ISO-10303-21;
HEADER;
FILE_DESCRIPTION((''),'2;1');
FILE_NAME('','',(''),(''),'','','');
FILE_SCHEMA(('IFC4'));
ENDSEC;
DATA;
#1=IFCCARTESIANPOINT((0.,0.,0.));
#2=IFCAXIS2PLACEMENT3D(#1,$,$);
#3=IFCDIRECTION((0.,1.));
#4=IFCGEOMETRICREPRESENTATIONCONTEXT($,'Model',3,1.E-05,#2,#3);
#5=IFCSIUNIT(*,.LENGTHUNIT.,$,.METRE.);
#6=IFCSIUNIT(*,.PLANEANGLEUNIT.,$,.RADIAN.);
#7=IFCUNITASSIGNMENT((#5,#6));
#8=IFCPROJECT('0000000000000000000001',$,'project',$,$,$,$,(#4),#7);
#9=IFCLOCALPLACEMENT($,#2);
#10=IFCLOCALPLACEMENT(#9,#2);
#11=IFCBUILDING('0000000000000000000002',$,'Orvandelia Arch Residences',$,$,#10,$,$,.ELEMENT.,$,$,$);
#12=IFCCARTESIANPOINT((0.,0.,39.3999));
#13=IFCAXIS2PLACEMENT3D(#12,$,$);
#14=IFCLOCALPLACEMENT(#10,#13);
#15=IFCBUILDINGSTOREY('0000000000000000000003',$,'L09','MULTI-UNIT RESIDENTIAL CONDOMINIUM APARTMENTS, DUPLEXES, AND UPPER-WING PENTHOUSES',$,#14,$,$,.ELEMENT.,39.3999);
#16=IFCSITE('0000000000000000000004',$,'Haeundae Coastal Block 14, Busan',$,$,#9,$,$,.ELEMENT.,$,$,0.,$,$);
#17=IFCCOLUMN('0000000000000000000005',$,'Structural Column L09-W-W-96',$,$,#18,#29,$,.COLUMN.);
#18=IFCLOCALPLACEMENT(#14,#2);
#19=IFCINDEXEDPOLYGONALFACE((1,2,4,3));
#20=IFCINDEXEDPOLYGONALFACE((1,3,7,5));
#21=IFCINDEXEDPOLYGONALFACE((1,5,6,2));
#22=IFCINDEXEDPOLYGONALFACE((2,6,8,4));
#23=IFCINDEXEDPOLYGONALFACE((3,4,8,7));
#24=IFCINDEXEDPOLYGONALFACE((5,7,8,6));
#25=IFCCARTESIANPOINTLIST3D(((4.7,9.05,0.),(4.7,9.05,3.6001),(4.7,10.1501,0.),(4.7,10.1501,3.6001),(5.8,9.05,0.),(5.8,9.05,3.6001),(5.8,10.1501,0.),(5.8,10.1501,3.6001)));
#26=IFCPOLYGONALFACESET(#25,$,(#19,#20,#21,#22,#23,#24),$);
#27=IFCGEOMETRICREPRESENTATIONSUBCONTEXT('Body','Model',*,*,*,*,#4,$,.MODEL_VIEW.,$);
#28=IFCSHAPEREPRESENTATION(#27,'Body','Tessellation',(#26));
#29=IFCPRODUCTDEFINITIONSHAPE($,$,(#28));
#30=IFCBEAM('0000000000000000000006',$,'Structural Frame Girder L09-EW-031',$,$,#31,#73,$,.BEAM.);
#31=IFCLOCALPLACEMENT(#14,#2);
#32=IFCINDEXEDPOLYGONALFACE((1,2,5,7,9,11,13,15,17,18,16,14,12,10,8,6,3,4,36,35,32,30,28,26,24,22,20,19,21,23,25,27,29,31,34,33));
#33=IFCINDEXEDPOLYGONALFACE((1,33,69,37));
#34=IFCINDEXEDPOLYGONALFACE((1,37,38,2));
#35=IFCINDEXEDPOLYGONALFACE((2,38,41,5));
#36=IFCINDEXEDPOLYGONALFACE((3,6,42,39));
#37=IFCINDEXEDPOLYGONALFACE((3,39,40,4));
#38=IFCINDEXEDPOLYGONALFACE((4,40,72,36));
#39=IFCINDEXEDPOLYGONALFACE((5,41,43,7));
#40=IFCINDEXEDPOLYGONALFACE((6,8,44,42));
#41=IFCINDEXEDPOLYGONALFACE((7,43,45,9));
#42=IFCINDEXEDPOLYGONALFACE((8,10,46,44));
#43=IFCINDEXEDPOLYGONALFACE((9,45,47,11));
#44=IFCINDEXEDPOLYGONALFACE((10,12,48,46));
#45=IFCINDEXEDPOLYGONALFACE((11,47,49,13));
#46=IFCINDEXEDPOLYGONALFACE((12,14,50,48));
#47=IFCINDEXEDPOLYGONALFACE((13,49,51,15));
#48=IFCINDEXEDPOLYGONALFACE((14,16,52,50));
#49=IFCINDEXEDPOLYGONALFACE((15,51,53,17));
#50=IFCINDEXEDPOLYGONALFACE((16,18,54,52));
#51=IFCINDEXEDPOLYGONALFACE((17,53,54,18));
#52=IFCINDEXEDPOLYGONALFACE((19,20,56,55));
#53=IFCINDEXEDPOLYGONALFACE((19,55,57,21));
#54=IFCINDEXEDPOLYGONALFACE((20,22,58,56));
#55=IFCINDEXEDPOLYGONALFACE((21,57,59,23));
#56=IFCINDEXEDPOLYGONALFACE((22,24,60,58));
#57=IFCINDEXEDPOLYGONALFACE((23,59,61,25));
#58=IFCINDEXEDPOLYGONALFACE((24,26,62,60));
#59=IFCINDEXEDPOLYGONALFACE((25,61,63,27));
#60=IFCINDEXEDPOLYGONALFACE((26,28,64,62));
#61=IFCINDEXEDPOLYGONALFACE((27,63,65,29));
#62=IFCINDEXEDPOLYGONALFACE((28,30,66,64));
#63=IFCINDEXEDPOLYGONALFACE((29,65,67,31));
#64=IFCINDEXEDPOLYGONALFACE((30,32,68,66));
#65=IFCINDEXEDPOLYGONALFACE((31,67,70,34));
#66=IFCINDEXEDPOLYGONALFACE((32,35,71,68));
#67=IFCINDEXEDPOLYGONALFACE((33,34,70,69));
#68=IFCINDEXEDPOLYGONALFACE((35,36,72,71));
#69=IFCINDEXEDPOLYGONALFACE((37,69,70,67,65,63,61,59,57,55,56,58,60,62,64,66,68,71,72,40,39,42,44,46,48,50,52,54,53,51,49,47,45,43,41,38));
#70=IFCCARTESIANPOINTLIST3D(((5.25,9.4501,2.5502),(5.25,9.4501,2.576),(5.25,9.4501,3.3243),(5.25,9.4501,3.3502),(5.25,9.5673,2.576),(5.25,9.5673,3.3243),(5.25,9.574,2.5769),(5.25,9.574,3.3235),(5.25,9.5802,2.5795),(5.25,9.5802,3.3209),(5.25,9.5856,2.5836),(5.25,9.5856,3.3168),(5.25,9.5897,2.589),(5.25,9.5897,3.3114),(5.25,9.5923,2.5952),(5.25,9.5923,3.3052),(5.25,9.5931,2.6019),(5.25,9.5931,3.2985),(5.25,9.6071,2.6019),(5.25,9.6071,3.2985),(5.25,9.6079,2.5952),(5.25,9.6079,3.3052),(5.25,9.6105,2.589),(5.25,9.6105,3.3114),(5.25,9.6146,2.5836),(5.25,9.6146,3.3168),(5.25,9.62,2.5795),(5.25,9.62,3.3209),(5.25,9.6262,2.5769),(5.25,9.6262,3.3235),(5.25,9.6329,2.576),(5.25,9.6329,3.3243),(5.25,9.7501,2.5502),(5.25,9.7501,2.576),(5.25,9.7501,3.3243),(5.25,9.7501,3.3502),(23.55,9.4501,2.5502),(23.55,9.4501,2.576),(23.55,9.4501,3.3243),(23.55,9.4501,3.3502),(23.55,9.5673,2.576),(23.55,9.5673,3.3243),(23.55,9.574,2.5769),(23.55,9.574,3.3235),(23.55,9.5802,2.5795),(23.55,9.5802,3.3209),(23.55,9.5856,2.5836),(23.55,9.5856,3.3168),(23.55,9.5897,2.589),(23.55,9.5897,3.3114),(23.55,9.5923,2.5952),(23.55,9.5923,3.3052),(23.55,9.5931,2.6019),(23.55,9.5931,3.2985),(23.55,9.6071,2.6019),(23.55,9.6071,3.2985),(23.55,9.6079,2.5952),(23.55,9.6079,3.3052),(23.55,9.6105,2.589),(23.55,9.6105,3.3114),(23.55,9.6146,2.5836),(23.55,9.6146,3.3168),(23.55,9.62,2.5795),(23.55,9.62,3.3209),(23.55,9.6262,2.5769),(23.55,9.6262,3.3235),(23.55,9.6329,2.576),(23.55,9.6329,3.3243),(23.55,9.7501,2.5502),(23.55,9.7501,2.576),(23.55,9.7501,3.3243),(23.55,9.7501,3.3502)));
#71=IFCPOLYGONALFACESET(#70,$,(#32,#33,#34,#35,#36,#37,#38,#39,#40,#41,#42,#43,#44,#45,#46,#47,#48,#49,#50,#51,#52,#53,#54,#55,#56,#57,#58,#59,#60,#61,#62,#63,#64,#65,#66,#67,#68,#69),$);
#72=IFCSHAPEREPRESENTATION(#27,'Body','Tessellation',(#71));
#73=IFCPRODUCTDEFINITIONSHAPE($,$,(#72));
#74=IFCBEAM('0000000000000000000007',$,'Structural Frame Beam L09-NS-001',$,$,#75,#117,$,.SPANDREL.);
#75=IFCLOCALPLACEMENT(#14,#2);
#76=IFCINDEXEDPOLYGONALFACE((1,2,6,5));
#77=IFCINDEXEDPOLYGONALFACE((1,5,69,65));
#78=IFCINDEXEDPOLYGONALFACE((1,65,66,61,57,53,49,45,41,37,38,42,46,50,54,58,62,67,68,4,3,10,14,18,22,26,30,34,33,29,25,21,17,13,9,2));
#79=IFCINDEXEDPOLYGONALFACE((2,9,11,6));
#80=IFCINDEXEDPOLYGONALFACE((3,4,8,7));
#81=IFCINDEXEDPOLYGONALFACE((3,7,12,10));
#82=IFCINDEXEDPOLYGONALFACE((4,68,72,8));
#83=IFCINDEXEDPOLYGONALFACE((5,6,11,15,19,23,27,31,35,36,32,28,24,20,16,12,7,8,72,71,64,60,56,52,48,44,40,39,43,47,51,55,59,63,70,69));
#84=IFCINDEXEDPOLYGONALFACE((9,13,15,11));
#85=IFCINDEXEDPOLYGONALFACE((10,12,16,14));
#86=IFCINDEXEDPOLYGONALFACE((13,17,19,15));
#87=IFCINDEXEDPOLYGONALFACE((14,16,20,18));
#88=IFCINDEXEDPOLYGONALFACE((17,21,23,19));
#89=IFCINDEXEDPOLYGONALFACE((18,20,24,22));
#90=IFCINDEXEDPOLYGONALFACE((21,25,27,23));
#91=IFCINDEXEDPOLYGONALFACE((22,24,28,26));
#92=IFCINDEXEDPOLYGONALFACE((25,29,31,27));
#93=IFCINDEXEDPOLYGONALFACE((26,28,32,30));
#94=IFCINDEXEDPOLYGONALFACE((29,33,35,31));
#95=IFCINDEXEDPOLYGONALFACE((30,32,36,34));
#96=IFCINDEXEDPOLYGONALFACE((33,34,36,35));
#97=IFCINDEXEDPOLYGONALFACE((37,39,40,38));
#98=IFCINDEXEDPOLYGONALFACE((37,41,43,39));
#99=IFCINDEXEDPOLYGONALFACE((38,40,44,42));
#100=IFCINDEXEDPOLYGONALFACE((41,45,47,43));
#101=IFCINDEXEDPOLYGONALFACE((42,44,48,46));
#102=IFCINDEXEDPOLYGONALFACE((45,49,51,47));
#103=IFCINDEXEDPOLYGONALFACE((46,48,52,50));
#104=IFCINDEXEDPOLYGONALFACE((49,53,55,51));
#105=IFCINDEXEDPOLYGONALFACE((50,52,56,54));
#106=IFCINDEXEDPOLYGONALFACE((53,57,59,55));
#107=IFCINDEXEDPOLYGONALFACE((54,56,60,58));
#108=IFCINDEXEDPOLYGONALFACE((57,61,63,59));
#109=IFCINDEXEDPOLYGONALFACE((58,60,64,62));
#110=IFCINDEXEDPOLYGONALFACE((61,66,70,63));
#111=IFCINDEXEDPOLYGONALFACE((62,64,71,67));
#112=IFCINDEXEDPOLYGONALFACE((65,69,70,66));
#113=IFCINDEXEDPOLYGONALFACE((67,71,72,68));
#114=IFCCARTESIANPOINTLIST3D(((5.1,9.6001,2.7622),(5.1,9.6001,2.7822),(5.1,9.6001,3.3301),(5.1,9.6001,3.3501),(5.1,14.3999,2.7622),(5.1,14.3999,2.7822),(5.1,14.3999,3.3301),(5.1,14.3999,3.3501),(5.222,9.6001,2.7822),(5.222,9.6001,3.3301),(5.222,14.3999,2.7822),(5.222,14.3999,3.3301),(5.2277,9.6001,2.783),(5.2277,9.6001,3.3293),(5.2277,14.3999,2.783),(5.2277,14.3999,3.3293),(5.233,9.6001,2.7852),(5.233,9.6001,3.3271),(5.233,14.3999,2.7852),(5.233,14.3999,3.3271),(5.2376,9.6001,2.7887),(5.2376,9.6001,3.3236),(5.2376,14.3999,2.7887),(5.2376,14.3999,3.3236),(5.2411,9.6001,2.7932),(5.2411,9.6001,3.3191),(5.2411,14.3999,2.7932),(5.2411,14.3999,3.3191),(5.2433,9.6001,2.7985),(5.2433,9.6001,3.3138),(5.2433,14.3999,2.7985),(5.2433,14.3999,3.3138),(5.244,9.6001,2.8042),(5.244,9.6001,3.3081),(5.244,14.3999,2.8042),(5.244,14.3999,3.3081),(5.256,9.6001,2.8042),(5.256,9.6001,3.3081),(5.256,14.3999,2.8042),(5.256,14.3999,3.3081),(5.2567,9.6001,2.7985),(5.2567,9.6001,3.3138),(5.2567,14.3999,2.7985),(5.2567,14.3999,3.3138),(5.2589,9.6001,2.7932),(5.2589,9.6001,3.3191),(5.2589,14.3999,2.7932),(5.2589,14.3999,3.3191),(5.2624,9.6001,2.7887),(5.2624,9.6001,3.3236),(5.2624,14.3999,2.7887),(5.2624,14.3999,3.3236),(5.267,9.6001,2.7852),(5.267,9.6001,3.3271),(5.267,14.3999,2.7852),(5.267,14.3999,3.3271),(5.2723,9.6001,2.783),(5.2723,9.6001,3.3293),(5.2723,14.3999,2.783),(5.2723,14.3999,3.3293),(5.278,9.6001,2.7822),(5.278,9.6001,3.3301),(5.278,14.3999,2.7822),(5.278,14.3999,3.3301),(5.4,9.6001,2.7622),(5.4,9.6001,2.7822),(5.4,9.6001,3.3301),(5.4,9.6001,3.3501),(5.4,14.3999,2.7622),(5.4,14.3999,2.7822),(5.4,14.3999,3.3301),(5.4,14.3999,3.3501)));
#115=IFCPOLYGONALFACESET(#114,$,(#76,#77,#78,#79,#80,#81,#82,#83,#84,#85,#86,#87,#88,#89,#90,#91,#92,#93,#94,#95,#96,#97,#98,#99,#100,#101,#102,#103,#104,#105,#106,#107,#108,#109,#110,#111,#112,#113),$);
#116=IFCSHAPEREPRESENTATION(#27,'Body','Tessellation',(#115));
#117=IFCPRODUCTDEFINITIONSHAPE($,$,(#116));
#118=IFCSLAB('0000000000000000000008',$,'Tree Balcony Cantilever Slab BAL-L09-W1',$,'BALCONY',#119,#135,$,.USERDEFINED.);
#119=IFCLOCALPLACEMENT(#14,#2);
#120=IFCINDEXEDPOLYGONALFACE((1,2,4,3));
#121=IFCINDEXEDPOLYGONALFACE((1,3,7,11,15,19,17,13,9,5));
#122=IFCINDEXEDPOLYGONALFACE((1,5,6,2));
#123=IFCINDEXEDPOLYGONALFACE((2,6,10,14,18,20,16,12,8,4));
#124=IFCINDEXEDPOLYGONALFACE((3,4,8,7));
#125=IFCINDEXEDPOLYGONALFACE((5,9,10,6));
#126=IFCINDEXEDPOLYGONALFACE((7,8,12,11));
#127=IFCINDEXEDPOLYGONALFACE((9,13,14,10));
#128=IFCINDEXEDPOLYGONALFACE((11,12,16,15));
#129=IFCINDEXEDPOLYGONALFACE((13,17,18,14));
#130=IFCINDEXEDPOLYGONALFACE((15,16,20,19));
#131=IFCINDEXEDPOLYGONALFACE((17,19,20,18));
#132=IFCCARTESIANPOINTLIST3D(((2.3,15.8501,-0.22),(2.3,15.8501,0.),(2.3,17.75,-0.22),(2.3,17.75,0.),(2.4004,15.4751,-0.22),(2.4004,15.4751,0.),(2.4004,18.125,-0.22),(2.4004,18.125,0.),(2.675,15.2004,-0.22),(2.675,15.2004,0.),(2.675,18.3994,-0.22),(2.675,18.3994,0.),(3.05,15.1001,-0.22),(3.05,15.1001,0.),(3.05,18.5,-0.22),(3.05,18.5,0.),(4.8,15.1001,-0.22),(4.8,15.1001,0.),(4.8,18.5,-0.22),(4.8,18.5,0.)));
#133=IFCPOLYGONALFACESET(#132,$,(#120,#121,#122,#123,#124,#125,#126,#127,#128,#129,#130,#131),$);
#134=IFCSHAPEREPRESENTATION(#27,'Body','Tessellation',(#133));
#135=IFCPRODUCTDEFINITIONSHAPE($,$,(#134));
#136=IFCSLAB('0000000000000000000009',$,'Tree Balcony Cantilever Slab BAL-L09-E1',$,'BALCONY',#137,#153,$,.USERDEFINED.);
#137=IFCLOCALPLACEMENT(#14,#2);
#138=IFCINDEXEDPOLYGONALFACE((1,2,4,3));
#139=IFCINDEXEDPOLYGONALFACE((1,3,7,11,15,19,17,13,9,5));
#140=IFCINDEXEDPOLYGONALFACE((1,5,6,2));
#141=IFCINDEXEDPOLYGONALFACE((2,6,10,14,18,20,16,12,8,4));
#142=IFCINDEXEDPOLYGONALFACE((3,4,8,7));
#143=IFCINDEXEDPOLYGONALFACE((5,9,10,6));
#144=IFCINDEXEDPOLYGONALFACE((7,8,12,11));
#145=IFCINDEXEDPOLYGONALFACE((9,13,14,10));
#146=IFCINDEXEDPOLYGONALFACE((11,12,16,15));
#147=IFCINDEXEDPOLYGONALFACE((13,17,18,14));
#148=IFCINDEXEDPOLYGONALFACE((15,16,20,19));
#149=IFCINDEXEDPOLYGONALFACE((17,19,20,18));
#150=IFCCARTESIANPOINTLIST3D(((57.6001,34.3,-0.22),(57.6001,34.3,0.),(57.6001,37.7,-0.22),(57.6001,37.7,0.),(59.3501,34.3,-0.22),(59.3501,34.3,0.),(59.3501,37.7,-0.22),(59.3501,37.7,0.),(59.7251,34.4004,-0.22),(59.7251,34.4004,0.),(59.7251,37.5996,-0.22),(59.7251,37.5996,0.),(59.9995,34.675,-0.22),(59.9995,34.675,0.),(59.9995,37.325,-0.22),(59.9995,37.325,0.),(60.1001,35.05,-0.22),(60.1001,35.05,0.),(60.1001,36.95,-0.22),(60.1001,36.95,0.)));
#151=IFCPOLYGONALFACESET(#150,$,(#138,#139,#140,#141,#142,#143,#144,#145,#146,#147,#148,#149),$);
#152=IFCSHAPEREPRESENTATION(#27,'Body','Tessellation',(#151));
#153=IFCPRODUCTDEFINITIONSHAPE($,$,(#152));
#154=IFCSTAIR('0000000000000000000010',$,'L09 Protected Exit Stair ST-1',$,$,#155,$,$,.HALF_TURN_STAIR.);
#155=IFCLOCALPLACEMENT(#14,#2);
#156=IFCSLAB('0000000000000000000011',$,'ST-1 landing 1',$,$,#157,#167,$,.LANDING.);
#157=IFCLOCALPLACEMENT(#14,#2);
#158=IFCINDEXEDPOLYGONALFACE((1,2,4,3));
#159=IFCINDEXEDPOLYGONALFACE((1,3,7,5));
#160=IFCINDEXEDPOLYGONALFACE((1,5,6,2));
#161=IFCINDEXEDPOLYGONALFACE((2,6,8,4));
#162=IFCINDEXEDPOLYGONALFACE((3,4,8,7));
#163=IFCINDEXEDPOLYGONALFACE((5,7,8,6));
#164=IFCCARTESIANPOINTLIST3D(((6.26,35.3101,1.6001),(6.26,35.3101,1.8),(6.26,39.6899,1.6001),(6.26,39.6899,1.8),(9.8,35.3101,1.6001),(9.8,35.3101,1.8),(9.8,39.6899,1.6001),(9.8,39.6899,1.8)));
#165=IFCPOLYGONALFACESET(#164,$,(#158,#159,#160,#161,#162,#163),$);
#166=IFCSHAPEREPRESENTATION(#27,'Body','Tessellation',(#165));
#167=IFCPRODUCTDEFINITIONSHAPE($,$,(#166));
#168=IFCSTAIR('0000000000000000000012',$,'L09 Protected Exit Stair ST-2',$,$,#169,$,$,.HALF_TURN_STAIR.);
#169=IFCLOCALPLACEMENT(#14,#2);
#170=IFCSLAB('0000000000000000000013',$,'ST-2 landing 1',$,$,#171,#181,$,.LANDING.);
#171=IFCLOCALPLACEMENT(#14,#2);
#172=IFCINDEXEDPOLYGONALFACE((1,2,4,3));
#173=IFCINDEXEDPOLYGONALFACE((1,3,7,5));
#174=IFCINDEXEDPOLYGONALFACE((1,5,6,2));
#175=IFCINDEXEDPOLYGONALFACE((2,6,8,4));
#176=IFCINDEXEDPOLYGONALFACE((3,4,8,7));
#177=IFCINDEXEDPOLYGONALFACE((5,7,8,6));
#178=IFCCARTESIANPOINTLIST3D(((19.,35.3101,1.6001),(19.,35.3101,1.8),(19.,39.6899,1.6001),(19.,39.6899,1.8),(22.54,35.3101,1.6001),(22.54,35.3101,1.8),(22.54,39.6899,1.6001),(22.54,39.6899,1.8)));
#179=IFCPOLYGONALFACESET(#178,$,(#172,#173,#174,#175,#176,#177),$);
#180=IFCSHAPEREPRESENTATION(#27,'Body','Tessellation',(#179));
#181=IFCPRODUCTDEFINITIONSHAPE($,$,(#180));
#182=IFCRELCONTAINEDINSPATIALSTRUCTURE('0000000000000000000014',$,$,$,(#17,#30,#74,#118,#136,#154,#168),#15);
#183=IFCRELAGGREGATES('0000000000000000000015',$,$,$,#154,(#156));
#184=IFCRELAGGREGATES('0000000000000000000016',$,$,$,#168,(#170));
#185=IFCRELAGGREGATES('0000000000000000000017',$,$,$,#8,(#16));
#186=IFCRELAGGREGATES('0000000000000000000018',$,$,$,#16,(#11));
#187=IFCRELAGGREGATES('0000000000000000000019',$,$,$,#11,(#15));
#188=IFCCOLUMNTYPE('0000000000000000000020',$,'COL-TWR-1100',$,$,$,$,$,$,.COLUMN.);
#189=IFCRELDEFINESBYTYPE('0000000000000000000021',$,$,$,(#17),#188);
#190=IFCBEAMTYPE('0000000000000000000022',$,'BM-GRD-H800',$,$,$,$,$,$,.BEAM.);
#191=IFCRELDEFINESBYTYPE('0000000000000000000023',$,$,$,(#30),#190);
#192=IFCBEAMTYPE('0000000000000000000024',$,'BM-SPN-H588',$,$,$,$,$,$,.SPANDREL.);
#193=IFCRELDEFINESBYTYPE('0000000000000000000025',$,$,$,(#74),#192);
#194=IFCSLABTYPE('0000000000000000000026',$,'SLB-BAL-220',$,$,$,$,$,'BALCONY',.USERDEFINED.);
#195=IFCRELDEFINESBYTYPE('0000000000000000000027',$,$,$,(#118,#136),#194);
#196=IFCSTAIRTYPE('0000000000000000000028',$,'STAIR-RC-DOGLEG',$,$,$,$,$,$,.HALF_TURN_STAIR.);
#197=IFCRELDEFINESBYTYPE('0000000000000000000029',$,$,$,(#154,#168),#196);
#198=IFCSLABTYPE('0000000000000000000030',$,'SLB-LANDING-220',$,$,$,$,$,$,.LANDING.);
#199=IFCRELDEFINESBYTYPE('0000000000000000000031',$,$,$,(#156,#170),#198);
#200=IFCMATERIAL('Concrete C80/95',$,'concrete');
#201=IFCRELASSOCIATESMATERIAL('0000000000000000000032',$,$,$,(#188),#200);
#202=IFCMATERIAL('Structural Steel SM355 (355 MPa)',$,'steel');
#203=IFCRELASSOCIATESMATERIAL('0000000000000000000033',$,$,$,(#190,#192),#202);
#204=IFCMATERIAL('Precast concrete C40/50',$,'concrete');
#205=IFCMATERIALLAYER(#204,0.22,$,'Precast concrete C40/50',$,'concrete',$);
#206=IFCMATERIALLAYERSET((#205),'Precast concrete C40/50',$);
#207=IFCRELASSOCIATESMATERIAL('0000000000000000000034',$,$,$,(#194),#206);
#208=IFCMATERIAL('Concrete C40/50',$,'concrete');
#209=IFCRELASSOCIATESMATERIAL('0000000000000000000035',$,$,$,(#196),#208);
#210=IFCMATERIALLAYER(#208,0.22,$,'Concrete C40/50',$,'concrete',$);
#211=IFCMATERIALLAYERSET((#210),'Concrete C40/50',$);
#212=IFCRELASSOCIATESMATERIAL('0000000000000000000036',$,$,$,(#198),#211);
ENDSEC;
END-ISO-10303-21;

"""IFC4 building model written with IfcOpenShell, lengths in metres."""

from ifc_helpers import new_model, si_unit, direction, frame, origin, origin_2d, place, context, subcontext, project, spatial, polyline, rectangle, i_section, outline, extrude, material, layer, layer_set, material_profile, profile_set, type_object, element, aggregate, save


model = new_model("IFC4")

# Units and contexts
model_context = context("Model", 3, precision=1e-05, world=origin(), true_north=direction((0.0, 1.0)))
body_context = subcontext(model_context, "Body", "Model", "MODEL_VIEW")
ifc_project = project(units=[si_unit("LENGTHUNIT", "METRE"), si_unit("PLANEANGLEUNIT", "RADIAN")], contexts=[model_context])

# Site, building, storey
site_placement = place(None, origin())
site = spatial("IfcSite", under=ifc_project, at=site_placement, Name="Haeundae Coastal Block 14, Busan", CompositionType="ELEMENT", RefElevation=0.0)
building_placement = place(site_placement, origin())
building = spatial("IfcBuilding", under=site, at=building_placement, Name="Orvandelia Arch Residences", CompositionType="ELEMENT")
storey_placement = place(building_placement, frame((0.0, 0.0, 39.3999)))
storey = spatial("IfcBuildingStorey", under=building, at=storey_placement, Name="L09", Description="MULTI-UNIT RESIDENTIAL CONDOMINIUM APARTMENTS, DUPLEXES, AND UPPER-WING PENTHOUSES", CompositionType="ELEMENT", Elevation=39.3999)

# Column
ifc_material_1 = material(Name="Concrete C80/95", Category="concrete")
ifc_material_profile_1 = material_profile(ifc_material_1, rectangle(XDim=1.1001, YDim=1.1001, at=origin_2d()), Name="Concrete C80/95", Category="concrete")
ifc_profile_set_1 = profile_set([ifc_material_profile_1], Name="Concrete C80/95")
column_type = type_object("IfcColumnType", Name="COL-TWR-1100", PredefinedType="COLUMN", material=ifc_profile_set_1)
column_placement = place(storey_placement, frame((5.25, 9.6001, 0.0), z_axis=(0.0, 0.0, 1.0), x_axis=(1.0, 0.0, 0.0)))
element("IfcColumn", 1, at=column_placement, inside=storey, type_object=column_type, Name="Structural Column L09-W-W-96", PredefinedType="COLUMN", context=body_context, shape_type="SweptSolid", body=[
    extrude(rectangle(XDim=1.1001, YDim=1.1001, at=origin_2d()), origin(), (0.0, 0.0, 1.0), 3.6001),
])

# Beams
ifc_material_2 = material(Name="Structural Steel SM355 (355 MPa)", Category="steel")
ifc_material_profile_2 = material_profile(ifc_material_2, i_section(OverallWidth=0.3, OverallDepth=0.8, WebThickness=0.0139, FlangeThickness=0.0259, FilletRadius=0.0259, at=origin_2d()), Name="Structural Steel SM355 (355 MPa)", Category="steel")
ifc_profile_set_2 = profile_set([ifc_material_profile_2], Name="Structural Steel SM355 (355 MPa)")
beam_type_1 = type_object("IfcBeamType", Name="BM-GRD-H800", PredefinedType="BEAM", material=ifc_profile_set_2)
beam_1_placement = place(storey_placement, frame((5.25, 9.6001, 2.9502), z_axis=(1.0, 0.0, 0.0), x_axis=(0.0, 1.0, 0.0)))
element("IfcBeam", 2, at=beam_1_placement, inside=storey, type_object=beam_type_1, Name="Structural Frame Girder L09-EW-031", PredefinedType="BEAM", context=body_context, shape_type="SweptSolid", body=[
    extrude(i_section(OverallWidth=0.3, OverallDepth=0.8, WebThickness=0.0139, FlangeThickness=0.0259, FilletRadius=0.0259, at=origin_2d()), origin(), (0.0, 0.0, 1.0), 18.3),
])
ifc_material_profile_3 = material_profile(ifc_material_2, i_section(OverallWidth=0.3, OverallDepth=0.5879, WebThickness=0.012, FlangeThickness=0.02, FilletRadius=0.022, at=origin_2d()), Name="Structural Steel SM355 (355 MPa)", Category="steel")
ifc_profile_set_3 = profile_set([ifc_material_profile_3], Name="Structural Steel SM355 (355 MPa)")
beam_type_2 = type_object("IfcBeamType", Name="BM-SPN-H588", PredefinedType="SPANDREL", material=ifc_profile_set_3)
beam_2_placement = place(storey_placement, frame((5.25, 9.6001, 3.0562), z_axis=(0.0, 1.0, 0.0), x_axis=(-1.0, 0.0, 0.0)))
element("IfcBeam", 3, at=beam_2_placement, inside=storey, type_object=beam_type_2, Name="Structural Frame Beam L09-NS-001", PredefinedType="SPANDREL", context=body_context, shape_type="SweptSolid", body=[
    extrude(i_section(OverallWidth=0.3, OverallDepth=0.5879, WebThickness=0.012, FlangeThickness=0.02, FilletRadius=0.022, at=origin_2d()), origin(), (0.0, 0.0, 1.0), 4.7998),
])

# Slabs
ifc_material_3 = material(Name="Precast concrete C40/50", Category="concrete")
ifc_layer_1 = layer(ifc_material_3, 0.22, Name="Precast concrete C40/50", Category="concrete")
ifc_layer_set_1 = layer_set([ifc_layer_1], Name="Precast concrete C40/50")
slab_type_1 = type_object("IfcSlabType", Name="SLB-BAL-220", ElementType="BALCONY", PredefinedType="USERDEFINED", material=ifc_layer_set_1)
slab_1_placement = place(storey_placement, frame((0.0, 0.0, -0.22)))
element("IfcSlab", 4, at=slab_1_placement, inside=storey, type_object=slab_type_1, Name="Tree Balcony Cantilever Slab BAL-L09-W1", ObjectType="BALCONY", PredefinedType="USERDEFINED", context=body_context, shape_type="SweptSolid", body=[
    extrude(outline(polyline([(4.8, 15.1001), (4.8, 18.5), (3.05, 18.5), (2.675, 18.3994), (2.4004, 18.125), (2.3, 17.75), (2.3, 15.8501), (2.4004, 15.4751), (2.675, 15.2004), (3.05, 15.1001), (4.8, 15.1001)])), origin(), (0.0, 0.0, 1.0), 0.22),
])
slab_2_placement = place(storey_placement, frame((0.0, 0.0, -0.22)))
element("IfcSlab", 5, at=slab_2_placement, inside=storey, type_object=slab_type_1, Name="Tree Balcony Cantilever Slab BAL-L09-E1", ObjectType="BALCONY", PredefinedType="USERDEFINED", context=body_context, shape_type="SweptSolid", body=[
    extrude(outline(polyline([(57.6001, 37.7), (57.6001, 34.3), (59.3501, 34.3), (59.7251, 34.4004), (59.9995, 34.675), (60.1001, 35.05), (60.1001, 36.95), (59.9995, 37.325), (59.7251, 37.5996), (59.3501, 37.7), (57.6001, 37.7)])), origin(), (0.0, 0.0, 1.0), 0.22),
])

# Stairs, slabs
ifc_material_4 = material(Name="Concrete C40/50", Category="concrete")
stair_type = type_object("IfcStairType", Name="STAIR-RC-DOGLEG", PredefinedType="HALF_TURN_STAIR", material=ifc_material_4)
stair_1_placement = place(storey_placement, origin())
stair_1 = element("IfcStair", 6, at=stair_1_placement, inside=storey, type_object=stair_type, Name="L09 Protected Exit Stair ST-1", PredefinedType="HALF_TURN_STAIR")
ifc_layer_2 = layer(ifc_material_4, 0.22, Name="Concrete C40/50", Category="concrete")
ifc_layer_set_2 = layer_set([ifc_layer_2], Name="Concrete C40/50")
slab_type_2 = type_object("IfcSlabType", Name="SLB-LANDING-220", PredefinedType="LANDING", material=ifc_layer_set_2)
slab_3_placement = place(storey_placement, frame((0.0, 0.0, 1.6001)))
slab_3 = element("IfcSlab", 7, at=slab_3_placement, type_object=slab_type_2, Name="ST-1 landing 1", PredefinedType="LANDING", context=body_context, shape_type="SweptSolid", body=[
    extrude(outline(polyline([(9.8, 35.3101), (9.8, 39.6899), (6.26, 39.6899), (6.26, 35.3101), (9.8, 35.3101)])), origin(), (0.0, 0.0, 1.0), 0.2),
])
aggregate(stair_1, [slab_3])
stair_2_placement = place(storey_placement, origin())
stair_2 = element("IfcStair", 8, at=stair_2_placement, inside=storey, type_object=stair_type, Name="L09 Protected Exit Stair ST-2", PredefinedType="HALF_TURN_STAIR")
slab_4_placement = place(storey_placement, frame((0.0, 0.0, 1.6001)))
slab_4 = element("IfcSlab", 9, at=slab_4_placement, type_object=slab_type_2, Name="ST-2 landing 1", PredefinedType="LANDING", context=body_context, shape_type="SweptSolid", body=[
    extrude(outline(polyline([(22.54, 35.3101), (22.54, 39.6899), (19.0, 39.6899), (19.0, 35.3101), (22.54, 35.3101)])), origin(), (0.0, 0.0, 1.0), 0.2),
])
aggregate(stair_2, [slab_4])

save(model, "model.ifc")
